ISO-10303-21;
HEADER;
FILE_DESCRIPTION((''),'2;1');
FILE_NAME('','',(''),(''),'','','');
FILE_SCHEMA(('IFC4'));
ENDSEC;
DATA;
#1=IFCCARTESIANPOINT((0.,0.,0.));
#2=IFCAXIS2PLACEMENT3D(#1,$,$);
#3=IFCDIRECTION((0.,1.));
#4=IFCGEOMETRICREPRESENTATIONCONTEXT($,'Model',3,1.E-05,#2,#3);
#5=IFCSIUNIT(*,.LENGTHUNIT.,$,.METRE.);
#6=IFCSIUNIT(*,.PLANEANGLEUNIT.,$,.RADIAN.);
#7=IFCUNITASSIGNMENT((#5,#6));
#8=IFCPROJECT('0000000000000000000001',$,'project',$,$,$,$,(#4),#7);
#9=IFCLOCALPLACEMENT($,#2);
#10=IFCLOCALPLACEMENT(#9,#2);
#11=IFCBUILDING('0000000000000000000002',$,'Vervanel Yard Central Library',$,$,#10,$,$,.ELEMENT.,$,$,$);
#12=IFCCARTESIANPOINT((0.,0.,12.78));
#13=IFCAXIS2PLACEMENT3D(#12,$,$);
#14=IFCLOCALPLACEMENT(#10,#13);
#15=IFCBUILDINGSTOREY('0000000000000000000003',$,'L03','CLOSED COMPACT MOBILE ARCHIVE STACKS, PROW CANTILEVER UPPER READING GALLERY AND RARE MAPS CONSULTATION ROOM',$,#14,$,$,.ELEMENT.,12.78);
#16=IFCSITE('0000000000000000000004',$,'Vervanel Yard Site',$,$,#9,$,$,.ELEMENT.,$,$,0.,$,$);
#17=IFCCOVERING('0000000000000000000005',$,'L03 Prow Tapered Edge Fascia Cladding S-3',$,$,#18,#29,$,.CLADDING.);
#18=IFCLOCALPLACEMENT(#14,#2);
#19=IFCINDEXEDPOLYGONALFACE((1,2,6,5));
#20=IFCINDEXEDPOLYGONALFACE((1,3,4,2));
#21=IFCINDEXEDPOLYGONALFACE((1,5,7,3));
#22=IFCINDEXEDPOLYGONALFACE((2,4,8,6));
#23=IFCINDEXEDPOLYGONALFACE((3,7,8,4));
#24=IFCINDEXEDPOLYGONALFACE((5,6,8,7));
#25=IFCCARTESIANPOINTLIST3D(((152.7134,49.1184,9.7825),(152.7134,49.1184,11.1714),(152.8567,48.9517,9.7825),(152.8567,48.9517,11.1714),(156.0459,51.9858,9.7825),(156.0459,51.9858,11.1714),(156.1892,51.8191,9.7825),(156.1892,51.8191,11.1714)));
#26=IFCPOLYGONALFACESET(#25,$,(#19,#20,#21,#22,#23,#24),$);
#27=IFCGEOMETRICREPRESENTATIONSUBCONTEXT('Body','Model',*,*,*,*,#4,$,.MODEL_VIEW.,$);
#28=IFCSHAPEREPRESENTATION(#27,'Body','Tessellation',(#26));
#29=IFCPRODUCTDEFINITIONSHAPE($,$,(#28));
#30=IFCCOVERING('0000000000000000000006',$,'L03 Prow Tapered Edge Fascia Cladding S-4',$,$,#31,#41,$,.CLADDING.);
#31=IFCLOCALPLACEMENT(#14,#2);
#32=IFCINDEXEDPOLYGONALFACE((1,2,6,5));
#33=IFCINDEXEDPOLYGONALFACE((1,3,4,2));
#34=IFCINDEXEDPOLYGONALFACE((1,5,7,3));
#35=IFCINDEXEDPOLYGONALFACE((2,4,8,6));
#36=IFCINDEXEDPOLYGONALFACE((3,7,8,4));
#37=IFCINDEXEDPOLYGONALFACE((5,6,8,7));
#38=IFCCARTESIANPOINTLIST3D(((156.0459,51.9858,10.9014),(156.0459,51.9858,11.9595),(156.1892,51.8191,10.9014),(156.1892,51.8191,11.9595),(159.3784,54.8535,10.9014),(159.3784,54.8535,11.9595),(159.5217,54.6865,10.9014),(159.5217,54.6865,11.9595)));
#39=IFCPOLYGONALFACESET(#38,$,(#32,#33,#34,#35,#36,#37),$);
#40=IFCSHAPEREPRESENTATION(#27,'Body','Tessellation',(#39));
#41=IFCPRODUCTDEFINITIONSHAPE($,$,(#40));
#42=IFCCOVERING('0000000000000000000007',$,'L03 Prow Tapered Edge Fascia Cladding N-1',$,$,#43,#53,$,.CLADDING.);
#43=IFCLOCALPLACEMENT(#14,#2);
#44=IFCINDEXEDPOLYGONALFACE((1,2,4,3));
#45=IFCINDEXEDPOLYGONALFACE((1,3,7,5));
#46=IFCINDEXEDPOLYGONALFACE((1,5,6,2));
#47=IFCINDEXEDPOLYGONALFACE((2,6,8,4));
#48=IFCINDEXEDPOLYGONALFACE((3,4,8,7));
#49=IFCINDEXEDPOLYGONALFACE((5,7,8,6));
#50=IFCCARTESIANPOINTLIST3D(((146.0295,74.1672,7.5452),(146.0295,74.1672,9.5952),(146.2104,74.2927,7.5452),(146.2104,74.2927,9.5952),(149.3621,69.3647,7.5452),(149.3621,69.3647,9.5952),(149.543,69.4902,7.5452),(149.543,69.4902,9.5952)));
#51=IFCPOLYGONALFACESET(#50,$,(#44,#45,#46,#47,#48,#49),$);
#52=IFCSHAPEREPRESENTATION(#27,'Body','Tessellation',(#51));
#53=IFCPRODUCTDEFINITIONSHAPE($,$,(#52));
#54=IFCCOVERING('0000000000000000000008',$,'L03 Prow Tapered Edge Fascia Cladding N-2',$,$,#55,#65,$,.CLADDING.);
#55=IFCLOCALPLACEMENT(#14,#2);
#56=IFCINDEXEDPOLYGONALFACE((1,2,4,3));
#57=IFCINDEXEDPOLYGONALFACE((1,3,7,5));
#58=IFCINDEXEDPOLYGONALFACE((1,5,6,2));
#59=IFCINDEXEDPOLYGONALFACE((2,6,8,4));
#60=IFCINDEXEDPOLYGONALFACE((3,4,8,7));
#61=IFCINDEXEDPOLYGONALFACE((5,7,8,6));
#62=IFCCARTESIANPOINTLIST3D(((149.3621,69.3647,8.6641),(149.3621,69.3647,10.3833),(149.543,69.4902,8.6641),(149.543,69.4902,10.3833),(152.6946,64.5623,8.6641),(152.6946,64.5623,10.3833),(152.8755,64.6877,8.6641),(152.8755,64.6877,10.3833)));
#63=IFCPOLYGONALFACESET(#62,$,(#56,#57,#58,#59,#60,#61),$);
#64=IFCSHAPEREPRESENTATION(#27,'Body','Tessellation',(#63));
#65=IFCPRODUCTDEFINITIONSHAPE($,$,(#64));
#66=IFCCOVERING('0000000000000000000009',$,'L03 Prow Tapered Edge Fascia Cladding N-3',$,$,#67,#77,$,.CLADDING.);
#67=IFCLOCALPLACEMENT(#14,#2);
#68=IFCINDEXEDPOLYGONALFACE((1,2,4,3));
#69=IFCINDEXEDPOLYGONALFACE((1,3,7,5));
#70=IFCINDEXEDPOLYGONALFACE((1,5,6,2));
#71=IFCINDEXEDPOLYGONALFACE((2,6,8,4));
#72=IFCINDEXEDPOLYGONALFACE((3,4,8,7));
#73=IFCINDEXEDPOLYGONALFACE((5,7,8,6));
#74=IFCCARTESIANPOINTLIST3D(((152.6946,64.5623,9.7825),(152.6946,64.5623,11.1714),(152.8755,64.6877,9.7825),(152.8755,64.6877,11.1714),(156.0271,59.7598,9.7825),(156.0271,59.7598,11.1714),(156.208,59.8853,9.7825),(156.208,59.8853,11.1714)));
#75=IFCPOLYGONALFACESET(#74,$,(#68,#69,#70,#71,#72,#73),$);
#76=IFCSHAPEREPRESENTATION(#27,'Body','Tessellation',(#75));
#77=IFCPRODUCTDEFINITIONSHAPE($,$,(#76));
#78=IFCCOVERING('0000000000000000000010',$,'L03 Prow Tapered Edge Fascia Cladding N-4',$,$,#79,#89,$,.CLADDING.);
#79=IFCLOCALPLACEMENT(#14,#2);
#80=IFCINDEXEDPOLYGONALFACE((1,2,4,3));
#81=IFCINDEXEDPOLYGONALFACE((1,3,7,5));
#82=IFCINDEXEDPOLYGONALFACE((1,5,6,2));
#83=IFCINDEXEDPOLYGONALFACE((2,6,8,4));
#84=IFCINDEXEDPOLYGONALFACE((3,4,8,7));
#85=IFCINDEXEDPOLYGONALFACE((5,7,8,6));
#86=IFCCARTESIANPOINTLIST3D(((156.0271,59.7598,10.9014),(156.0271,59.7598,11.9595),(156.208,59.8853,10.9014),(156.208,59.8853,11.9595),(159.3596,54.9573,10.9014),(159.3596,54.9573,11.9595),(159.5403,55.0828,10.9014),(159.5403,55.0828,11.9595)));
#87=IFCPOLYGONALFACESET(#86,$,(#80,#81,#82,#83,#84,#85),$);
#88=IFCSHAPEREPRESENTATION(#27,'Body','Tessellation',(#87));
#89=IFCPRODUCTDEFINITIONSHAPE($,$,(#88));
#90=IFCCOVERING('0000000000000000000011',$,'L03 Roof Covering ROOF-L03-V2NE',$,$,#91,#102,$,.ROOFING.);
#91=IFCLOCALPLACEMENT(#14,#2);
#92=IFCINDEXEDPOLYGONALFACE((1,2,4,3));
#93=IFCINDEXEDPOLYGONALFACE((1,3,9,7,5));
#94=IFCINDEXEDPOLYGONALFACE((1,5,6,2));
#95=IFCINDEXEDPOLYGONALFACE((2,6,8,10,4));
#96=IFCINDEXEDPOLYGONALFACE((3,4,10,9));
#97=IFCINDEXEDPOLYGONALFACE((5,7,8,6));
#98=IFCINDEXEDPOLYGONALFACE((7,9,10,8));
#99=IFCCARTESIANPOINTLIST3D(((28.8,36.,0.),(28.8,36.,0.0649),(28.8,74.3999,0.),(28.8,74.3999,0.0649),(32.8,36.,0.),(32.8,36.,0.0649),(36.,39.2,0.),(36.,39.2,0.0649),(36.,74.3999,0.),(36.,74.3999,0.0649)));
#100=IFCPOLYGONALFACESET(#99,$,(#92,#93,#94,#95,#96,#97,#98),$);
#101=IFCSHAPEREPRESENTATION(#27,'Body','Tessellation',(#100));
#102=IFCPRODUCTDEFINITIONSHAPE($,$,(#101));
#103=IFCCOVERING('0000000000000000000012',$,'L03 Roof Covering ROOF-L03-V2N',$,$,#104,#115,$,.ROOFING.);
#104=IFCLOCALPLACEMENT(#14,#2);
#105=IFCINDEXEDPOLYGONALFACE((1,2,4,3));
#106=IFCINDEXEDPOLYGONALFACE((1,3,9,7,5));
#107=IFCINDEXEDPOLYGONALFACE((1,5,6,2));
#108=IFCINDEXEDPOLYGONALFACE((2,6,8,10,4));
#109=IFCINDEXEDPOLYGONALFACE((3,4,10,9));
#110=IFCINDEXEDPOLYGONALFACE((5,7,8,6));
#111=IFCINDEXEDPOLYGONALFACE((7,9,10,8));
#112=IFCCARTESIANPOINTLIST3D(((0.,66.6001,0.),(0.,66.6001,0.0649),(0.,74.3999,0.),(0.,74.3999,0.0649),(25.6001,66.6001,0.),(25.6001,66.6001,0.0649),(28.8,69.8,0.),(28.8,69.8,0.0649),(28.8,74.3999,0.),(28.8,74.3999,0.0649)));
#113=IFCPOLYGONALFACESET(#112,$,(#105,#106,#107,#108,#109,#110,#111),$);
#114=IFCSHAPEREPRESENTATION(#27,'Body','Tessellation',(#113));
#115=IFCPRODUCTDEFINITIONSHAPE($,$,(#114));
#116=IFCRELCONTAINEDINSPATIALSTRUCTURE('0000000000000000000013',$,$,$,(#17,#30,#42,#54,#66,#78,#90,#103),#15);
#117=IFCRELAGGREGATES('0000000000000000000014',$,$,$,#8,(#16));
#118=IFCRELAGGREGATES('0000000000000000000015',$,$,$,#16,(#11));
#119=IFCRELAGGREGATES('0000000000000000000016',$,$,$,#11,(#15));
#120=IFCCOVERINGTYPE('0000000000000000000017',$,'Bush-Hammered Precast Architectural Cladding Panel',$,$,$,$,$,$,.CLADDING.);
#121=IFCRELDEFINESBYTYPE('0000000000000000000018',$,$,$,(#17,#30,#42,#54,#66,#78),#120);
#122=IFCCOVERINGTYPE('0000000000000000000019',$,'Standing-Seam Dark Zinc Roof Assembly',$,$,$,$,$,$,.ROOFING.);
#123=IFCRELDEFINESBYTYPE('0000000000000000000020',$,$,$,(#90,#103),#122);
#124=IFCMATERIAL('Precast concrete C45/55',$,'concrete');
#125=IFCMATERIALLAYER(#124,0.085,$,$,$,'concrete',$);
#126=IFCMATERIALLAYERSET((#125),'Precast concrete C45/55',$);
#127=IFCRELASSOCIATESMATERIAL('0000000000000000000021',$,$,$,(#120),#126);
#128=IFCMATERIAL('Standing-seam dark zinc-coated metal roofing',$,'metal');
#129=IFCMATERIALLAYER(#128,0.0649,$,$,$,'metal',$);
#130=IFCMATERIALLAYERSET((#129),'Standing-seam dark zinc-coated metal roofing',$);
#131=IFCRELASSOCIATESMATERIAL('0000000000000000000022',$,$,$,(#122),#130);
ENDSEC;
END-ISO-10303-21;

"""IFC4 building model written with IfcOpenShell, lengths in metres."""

from ifc_helpers import new_model, si_unit, direction, frame, origin, place, context, subcontext, project, spatial, polyline, outline, extrude, material, layer, layer_set, type_object, element, save


model = new_model("IFC4")

# Units and contexts
model_context = context("Model", 3, precision=1e-05, world=origin(), true_north=direction((0.0, 1.0)))
body_context = subcontext(model_context, "Body", "Model", "MODEL_VIEW")
ifc_project = project(units=[si_unit("LENGTHUNIT", "METRE"), si_unit("PLANEANGLEUNIT", "RADIAN")], contexts=[model_context])

# Site, building, storey
site_placement = place(None, origin())
site = spatial("IfcSite", under=ifc_project, at=site_placement, Name="Vervanel Yard Site", CompositionType="ELEMENT", RefElevation=0.0)
building_placement = place(site_placement, origin())
building = spatial("IfcBuilding", under=site, at=building_placement, Name="Vervanel Yard Central Library", CompositionType="ELEMENT")
storey_placement = place(building_placement, frame((0.0, 0.0, 12.78)))
storey = spatial("IfcBuildingStorey", under=building, at=storey_placement, Name="L03", Description="CLOSED COMPACT MOBILE ARCHIVE STACKS, PROW CANTILEVER UPPER READING GALLERY AND RARE MAPS CONSULTATION ROOM", CompositionType="ELEMENT", Elevation=12.78)

# Shared definitions
ifc_material_1 = material(Name="Precast concrete C45/55", Category="concrete")

# Coverings
ifc_layer_1 = layer(ifc_material_1, 0.085, Category="concrete")
ifc_layer_set_1 = layer_set([ifc_layer_1], Name="Precast concrete C45/55")
covering_type_1 = type_object("IfcCoveringType", Name="Bush-Hammered Precast Architectural Cladding Panel", PredefinedType="CLADDING", material=ifc_layer_set_1)
covering_1_placement = place(storey_placement, frame((0.0, 0.0, 9.7825)))
element("IfcCovering", 1, at=covering_1_placement, inside=storey, type_object=covering_type_1, Name="L03 Prow Tapered Edge Fascia Cladding S-3", PredefinedType="CLADDING", context=body_context, shape_type="SweptSolid", body=[
    extrude(outline(polyline([(152.8567, 48.9517), (156.1892, 51.8191), (156.0459, 51.9858), (152.7134, 49.1184), (152.8567, 48.9517)])), origin(), (0.0, 0.0, 1.0), 1.3889),
])
covering_2_placement = place(storey_placement, frame((0.0, 0.0, 10.9014)))
element("IfcCovering", 2, at=covering_2_placement, inside=storey, type_object=covering_type_1, Name="L03 Prow Tapered Edge Fascia Cladding S-4", PredefinedType="CLADDING", context=body_context, shape_type="SweptSolid", body=[
    extrude(outline(polyline([(156.1892, 51.8191), (159.5217, 54.6865), (159.3784, 54.8535), (156.0459, 51.9858), (156.1892, 51.8191)])), origin(), (0.0, 0.0, 1.0), 1.0581),
])
covering_3_placement = place(storey_placement, frame((0.0, 0.0, 7.5452)))
element("IfcCovering", 3, at=covering_3_placement, inside=storey, type_object=covering_type_1, Name="L03 Prow Tapered Edge Fascia Cladding N-1", PredefinedType="CLADDING", context=body_context, shape_type="SweptSolid", body=[
    extrude(outline(polyline([(146.0295, 74.1672), (149.3621, 69.3647), (149.543, 69.4902), (146.2104, 74.2927), (146.0295, 74.1672)])), origin(), (0.0, 0.0, 1.0), 2.05),
])
covering_4_placement = place(storey_placement, frame((0.0, 0.0, 8.6641)))
element("IfcCovering", 4, at=covering_4_placement, inside=storey, type_object=covering_type_1, Name="L03 Prow Tapered Edge Fascia Cladding N-2", PredefinedType="CLADDING", context=body_context, shape_type="SweptSolid", body=[
    extrude(outline(polyline([(149.3621, 69.3647), (152.6946, 64.5623), (152.8755, 64.6877), (149.543, 69.4902), (149.3621, 69.3647)])), origin(), (0.0, 0.0, 1.0), 1.7192),
])
covering_5_placement = place(storey_placement, frame((0.0, 0.0, 9.7825)))
element("IfcCovering", 5, at=covering_5_placement, inside=storey, type_object=covering_type_1, Name="L03 Prow Tapered Edge Fascia Cladding N-3", PredefinedType="CLADDING", context=body_context, shape_type="SweptSolid", body=[
    extrude(outline(polyline([(152.6946, 64.5623), (156.0271, 59.7598), (156.208, 59.8853), (152.8755, 64.6877), (152.6946, 64.5623)])), origin(), (0.0, 0.0, 1.0), 1.3889),
])
covering_6_placement = place(storey_placement, frame((0.0, 0.0, 10.9014)))
element("IfcCovering", 6, at=covering_6_placement, inside=storey, type_object=covering_type_1, Name="L03 Prow Tapered Edge Fascia Cladding N-4", PredefinedType="CLADDING", context=body_context, shape_type="SweptSolid", body=[
    extrude(outline(polyline([(156.0271, 59.7598), (159.3596, 54.9573), (159.5403, 55.0828), (156.208, 59.8853), (156.0271, 59.7598)])), origin(), (0.0, 0.0, 1.0), 1.0581),
])
ifc_material_2 = material(Name="Standing-seam dark zinc-coated metal roofing", Category="metal")
ifc_layer_2 = layer(ifc_material_2, 0.0649, Category="metal")
ifc_layer_set_2 = layer_set([ifc_layer_2], Name="Standing-seam dark zinc-coated metal roofing")
covering_type_2 = type_object("IfcCoveringType", Name="Standing-Seam Dark Zinc Roof Assembly", PredefinedType="ROOFING", material=ifc_layer_set_2)
covering_7_placement = place(storey_placement, origin())
element("IfcCovering", 7, at=covering_7_placement, inside=storey, type_object=covering_type_2, Name="L03 Roof Covering ROOF-L03-V2NE", PredefinedType="ROOFING", context=body_context, shape_type="SweptSolid", body=[
    extrude(outline(polyline([(28.8, 36.0), (32.8, 36.0), (36.0, 39.2), (36.0, 74.3999), (28.8, 74.3999), (28.8, 36.0)])), origin(), (0.0, 0.0, 1.0), 0.0649),
])
covering_8_placement = place(storey_placement, origin())
element("IfcCovering", 8, at=covering_8_placement, inside=storey, type_object=covering_type_2, Name="L03 Roof Covering ROOF-L03-V2N", PredefinedType="ROOFING", context=body_context, shape_type="SweptSolid", body=[
    extrude(outline(polyline([(0.0, 66.6001), (25.6001, 66.6001), (28.8, 69.8), (28.8, 74.3999), (0.0, 74.3999), (0.0, 66.6001)])), origin(), (0.0, 0.0, 1.0), 0.0649),
])

save(model, "model.ifc")
